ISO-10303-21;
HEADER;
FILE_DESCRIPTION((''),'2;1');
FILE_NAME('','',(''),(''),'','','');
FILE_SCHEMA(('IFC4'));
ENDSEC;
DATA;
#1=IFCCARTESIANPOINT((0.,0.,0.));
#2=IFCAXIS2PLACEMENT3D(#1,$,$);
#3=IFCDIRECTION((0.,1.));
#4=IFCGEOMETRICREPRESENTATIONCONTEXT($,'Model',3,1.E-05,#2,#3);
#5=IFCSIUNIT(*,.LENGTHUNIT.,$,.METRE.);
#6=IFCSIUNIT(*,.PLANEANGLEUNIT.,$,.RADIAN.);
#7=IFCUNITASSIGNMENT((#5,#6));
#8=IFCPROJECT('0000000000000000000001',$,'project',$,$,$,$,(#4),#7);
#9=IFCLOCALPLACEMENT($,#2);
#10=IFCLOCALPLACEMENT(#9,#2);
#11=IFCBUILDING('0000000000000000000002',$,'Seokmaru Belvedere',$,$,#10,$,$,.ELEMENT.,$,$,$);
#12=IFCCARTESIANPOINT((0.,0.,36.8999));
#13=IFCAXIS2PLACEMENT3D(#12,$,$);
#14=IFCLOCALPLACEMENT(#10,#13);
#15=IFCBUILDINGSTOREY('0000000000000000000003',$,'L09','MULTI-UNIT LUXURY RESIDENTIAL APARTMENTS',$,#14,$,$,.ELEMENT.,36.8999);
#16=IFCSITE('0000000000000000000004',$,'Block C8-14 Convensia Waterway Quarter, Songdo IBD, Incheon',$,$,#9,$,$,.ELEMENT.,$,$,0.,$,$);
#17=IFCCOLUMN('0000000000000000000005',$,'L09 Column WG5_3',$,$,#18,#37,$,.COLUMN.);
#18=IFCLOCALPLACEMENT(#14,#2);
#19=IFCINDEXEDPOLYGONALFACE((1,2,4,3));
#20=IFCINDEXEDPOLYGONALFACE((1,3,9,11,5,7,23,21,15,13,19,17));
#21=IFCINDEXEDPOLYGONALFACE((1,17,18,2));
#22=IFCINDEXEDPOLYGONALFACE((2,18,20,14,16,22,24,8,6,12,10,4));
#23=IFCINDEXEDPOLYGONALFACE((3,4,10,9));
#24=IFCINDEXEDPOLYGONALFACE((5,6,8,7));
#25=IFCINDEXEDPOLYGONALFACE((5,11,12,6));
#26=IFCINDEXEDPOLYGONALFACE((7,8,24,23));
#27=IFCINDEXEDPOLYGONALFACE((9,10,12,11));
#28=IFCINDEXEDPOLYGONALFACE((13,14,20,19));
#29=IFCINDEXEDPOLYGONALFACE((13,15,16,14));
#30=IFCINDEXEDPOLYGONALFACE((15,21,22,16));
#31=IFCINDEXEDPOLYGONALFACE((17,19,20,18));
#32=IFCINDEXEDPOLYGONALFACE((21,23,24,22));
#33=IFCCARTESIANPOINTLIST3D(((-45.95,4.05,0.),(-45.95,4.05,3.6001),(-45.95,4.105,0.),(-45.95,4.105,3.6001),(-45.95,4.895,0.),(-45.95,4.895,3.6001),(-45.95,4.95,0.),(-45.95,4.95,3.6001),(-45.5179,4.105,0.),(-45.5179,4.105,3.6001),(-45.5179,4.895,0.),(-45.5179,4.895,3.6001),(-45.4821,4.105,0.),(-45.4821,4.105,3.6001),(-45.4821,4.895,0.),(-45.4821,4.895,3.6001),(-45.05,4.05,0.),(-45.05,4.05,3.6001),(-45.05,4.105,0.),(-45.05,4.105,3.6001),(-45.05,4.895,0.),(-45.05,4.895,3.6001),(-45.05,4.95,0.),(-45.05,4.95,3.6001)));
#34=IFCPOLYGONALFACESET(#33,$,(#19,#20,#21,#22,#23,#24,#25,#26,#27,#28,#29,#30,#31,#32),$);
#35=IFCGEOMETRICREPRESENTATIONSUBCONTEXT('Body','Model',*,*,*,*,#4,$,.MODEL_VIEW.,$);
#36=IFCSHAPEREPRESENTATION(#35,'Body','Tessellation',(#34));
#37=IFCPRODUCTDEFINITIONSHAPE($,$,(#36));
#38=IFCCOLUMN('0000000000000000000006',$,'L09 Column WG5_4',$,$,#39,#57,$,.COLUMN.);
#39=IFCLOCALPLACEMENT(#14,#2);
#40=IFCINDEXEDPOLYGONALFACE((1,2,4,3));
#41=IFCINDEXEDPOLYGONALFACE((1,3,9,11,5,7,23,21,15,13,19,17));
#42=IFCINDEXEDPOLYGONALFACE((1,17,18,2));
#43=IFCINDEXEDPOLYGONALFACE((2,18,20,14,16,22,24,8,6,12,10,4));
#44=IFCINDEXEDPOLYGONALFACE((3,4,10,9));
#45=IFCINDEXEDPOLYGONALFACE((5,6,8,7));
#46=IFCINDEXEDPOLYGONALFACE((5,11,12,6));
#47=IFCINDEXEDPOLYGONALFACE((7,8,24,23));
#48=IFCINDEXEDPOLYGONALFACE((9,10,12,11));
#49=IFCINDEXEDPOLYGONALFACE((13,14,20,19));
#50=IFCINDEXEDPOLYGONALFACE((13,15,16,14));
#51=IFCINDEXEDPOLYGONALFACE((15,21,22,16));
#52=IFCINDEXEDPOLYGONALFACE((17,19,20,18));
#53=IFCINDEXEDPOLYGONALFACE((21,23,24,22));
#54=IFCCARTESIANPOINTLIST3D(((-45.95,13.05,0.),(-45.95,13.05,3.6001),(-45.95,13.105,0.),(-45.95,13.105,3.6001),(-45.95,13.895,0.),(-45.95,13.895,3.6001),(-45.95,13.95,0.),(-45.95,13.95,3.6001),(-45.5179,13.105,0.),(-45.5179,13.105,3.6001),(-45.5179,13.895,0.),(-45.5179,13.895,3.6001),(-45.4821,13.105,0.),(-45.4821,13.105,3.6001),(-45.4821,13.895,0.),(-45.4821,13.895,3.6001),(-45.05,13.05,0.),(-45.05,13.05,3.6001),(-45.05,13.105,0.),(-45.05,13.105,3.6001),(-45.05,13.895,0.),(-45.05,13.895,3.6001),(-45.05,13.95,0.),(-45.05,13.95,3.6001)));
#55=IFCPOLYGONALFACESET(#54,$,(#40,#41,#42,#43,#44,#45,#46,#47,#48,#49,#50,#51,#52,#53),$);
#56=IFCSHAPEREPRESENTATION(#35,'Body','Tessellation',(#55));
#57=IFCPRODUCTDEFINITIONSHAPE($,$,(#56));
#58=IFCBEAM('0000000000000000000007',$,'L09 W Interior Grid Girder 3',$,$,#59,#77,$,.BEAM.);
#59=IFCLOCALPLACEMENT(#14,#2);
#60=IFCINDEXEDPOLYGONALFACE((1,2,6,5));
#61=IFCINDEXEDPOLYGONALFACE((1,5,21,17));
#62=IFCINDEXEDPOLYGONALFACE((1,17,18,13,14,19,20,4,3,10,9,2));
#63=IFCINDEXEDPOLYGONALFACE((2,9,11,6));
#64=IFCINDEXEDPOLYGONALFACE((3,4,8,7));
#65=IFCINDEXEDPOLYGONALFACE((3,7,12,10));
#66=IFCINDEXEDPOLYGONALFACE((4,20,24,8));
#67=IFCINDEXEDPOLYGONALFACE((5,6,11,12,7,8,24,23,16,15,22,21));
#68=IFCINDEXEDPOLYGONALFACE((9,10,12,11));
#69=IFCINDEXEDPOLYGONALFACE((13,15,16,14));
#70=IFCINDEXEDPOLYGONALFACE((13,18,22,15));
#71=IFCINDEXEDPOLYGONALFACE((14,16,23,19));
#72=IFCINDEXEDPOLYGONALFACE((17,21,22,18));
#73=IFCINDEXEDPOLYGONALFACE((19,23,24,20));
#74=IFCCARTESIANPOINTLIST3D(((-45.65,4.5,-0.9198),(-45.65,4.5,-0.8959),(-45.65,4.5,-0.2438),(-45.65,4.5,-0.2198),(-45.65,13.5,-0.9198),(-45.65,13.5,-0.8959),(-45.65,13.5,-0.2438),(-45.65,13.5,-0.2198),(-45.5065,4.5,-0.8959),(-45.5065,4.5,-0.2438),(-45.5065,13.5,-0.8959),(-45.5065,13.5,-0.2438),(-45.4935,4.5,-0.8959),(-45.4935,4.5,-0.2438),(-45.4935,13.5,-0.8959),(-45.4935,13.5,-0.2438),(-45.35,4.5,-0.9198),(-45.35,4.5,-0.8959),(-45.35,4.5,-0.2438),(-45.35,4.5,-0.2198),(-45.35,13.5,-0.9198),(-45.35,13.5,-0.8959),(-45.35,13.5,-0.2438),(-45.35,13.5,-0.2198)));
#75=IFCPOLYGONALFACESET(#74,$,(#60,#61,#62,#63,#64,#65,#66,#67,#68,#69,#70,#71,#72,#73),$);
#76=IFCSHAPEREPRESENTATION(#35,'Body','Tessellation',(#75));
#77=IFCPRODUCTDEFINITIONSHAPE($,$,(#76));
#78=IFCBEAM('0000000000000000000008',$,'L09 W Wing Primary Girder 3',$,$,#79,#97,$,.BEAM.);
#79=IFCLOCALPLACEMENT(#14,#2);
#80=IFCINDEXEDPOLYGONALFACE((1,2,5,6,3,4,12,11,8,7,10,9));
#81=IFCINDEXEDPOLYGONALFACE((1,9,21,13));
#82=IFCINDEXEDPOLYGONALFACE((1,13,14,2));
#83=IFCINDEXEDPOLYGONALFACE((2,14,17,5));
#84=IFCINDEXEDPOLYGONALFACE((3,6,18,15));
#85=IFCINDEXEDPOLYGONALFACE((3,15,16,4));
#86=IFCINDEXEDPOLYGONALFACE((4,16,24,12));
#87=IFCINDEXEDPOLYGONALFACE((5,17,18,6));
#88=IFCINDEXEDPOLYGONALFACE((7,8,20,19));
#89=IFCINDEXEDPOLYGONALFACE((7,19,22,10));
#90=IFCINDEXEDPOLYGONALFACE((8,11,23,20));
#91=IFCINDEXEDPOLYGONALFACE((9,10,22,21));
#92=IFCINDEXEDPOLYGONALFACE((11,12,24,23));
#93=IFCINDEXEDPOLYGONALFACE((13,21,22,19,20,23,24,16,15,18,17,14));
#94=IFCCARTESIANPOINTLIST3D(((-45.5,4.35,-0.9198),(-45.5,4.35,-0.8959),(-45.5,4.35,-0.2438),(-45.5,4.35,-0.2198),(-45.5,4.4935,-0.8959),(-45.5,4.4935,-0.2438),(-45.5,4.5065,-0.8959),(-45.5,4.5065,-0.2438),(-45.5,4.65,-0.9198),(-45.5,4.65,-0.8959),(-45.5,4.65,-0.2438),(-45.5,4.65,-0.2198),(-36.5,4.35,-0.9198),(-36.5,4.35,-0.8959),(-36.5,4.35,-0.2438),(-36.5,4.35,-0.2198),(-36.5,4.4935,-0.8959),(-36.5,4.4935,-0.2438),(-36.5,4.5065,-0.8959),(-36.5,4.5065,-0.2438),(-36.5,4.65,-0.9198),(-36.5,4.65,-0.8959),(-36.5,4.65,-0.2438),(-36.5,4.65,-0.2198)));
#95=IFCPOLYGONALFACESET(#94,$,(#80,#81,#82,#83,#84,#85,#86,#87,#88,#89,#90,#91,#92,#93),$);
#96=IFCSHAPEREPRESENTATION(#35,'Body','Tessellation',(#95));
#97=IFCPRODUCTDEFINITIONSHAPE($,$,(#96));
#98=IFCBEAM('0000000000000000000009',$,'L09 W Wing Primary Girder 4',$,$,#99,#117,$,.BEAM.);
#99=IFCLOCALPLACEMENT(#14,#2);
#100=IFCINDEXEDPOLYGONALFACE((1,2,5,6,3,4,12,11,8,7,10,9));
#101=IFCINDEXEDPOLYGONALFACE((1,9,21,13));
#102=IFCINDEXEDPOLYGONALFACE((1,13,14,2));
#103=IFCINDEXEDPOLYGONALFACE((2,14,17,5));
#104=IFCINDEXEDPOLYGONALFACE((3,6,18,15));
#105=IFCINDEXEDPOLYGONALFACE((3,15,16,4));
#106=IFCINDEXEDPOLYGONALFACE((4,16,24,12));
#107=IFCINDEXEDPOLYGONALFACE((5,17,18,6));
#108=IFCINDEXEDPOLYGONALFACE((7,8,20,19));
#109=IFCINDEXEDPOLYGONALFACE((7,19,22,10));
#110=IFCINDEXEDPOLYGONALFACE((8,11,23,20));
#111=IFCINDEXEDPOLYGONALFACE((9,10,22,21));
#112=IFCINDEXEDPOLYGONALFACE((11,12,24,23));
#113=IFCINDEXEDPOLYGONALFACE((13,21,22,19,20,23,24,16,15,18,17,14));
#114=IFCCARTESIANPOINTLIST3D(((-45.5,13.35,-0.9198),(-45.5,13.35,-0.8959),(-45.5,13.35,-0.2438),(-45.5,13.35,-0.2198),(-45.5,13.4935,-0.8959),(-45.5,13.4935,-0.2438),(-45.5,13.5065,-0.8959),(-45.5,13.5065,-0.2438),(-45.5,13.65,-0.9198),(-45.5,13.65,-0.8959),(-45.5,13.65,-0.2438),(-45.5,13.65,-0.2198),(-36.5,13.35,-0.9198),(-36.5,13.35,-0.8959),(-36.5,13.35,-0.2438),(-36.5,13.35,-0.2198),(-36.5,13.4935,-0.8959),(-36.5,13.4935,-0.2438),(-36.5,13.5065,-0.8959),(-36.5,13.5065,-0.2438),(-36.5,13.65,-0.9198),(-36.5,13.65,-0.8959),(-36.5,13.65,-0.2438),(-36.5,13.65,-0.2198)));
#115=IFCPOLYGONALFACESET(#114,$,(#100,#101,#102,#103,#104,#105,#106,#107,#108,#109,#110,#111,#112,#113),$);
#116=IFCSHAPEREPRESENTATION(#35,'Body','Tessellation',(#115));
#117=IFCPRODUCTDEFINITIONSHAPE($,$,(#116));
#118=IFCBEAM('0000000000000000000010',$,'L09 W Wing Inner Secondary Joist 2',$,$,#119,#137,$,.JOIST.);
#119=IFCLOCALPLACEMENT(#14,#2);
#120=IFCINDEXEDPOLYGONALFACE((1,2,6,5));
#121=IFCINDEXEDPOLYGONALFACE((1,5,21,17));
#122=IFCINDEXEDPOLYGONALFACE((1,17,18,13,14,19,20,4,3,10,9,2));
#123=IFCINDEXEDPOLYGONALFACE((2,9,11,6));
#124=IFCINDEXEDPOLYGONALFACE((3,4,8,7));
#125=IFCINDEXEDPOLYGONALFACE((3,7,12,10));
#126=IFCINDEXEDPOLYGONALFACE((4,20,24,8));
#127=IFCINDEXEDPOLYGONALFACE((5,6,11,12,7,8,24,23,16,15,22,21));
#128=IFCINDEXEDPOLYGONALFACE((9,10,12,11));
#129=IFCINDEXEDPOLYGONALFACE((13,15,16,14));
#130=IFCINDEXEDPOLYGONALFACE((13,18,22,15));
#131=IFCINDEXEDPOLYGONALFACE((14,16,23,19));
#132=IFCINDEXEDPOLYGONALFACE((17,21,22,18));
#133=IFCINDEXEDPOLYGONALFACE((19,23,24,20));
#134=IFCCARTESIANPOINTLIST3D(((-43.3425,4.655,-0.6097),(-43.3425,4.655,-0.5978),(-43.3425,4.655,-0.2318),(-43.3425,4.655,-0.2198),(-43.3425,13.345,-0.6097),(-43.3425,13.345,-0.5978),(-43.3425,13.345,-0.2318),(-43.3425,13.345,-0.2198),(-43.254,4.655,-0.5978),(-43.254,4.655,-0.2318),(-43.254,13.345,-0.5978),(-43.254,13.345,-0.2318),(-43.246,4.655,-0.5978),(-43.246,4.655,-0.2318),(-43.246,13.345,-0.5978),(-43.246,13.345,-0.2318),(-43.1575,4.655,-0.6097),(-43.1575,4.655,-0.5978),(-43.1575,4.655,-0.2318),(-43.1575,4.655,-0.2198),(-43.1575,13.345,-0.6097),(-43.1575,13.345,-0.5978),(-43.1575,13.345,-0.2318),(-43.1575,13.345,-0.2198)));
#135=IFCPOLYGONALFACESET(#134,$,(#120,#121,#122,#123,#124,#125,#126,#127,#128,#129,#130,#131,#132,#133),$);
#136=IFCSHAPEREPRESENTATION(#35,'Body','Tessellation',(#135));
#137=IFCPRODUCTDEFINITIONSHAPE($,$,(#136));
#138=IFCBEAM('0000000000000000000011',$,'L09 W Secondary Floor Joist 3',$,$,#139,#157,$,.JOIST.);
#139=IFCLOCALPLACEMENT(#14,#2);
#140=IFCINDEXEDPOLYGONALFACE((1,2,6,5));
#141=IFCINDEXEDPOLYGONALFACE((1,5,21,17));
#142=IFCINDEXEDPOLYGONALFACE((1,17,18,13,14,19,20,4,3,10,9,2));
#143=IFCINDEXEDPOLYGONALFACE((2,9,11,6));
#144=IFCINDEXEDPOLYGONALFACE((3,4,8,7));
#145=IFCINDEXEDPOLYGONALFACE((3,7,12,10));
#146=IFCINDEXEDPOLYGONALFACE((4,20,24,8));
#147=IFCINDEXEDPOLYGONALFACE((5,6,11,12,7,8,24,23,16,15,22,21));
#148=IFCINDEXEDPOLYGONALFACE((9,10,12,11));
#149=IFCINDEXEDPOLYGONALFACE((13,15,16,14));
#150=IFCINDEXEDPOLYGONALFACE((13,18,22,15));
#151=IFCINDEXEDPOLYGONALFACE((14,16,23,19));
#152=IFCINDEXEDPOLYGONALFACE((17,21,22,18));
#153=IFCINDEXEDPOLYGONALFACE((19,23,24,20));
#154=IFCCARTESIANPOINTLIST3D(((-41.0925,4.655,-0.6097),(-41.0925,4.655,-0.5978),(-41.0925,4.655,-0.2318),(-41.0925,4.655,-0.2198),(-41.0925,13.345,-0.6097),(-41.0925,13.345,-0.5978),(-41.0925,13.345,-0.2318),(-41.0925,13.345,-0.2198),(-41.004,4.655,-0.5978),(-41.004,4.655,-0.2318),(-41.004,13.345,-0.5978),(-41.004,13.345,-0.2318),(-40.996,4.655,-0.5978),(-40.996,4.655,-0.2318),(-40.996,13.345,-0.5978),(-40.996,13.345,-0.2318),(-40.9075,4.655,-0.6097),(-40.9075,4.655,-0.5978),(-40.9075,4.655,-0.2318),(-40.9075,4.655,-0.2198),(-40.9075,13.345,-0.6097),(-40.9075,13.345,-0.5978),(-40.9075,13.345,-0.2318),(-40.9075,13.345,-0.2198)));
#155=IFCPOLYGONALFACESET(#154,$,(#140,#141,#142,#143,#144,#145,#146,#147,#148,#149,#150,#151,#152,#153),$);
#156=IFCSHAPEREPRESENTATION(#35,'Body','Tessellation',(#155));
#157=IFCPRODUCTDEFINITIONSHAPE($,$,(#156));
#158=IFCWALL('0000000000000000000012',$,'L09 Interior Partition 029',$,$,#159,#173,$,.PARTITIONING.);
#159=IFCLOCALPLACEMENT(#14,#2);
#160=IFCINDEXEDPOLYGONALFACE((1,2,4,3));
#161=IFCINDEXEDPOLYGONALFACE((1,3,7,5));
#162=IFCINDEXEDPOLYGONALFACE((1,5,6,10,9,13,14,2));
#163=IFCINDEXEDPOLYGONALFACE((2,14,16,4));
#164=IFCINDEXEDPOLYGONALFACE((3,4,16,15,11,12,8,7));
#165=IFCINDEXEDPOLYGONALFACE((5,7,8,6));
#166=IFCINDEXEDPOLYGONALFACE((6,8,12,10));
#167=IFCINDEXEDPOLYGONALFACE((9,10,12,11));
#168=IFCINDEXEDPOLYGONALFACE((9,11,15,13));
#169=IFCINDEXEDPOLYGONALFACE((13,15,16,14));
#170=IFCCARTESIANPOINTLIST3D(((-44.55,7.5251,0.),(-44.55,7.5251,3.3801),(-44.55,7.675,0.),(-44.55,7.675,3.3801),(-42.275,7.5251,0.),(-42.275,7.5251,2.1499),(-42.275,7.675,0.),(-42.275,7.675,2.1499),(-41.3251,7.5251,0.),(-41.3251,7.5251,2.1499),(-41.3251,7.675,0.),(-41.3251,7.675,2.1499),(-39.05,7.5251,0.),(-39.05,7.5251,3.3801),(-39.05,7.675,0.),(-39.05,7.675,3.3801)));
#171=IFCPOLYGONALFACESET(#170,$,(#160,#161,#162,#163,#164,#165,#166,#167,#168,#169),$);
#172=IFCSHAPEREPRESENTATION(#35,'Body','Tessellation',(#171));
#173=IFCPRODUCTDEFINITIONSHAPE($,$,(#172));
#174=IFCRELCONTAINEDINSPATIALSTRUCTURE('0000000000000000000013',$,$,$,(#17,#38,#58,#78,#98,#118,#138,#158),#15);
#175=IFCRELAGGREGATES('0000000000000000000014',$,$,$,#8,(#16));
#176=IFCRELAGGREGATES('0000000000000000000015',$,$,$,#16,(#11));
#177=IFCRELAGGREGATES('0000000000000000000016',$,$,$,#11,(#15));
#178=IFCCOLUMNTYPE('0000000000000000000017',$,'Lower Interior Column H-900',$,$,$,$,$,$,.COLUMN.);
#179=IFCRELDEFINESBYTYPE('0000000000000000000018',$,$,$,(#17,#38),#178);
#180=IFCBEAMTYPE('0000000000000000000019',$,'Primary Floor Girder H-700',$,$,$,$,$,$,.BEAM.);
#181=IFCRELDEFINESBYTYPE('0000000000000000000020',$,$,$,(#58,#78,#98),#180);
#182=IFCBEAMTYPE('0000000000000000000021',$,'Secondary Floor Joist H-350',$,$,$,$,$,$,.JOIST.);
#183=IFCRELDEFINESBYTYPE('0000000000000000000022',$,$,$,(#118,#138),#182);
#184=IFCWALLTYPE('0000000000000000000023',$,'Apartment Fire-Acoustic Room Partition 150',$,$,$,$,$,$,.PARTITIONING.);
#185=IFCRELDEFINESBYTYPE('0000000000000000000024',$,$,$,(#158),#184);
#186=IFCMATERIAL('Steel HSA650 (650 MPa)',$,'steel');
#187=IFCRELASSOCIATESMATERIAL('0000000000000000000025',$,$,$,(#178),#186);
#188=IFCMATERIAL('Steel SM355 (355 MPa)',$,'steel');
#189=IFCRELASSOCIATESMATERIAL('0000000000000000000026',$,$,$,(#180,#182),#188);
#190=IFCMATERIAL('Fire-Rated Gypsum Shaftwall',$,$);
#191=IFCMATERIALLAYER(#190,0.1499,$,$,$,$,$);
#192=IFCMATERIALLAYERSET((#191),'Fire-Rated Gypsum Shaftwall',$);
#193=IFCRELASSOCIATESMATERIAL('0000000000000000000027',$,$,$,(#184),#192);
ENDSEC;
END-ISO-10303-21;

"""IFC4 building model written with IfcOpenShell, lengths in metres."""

from ifc_helpers import new_model, si_unit, direction, frame, frame_2d, origin, origin_2d, place, context, subcontext, project, spatial, rectangle, i_section, extrude, source, transform, mapped, material, layer, layer_set, material_profile, profile_set, type_object, type_shapes, element, save


model = new_model("IFC4")

# Units and contexts
model_context = context("Model", 3, precision=1e-05, world=origin(), true_north=direction((0.0, 1.0)))
body_context = subcontext(model_context, "Body", "Model", "MODEL_VIEW")
ifc_project = project(units=[si_unit("LENGTHUNIT", "METRE"), si_unit("PLANEANGLEUNIT", "RADIAN")], contexts=[model_context])

# Site, building, storey
site_placement = place(None, origin())
site = spatial("IfcSite", under=ifc_project, at=site_placement, Name="Block C8-14 Convensia Waterway Quarter, Songdo IBD, Incheon", CompositionType="ELEMENT", RefElevation=0.0)
building_placement = place(site_placement, origin())
building = spatial("IfcBuilding", under=site, at=building_placement, Name="Seokmaru Belvedere", CompositionType="ELEMENT")
storey_placement = place(building_placement, frame((0.0, 0.0, 36.8999)))
storey = spatial("IfcBuildingStorey", under=building, at=storey_placement, Name="L09", Description="MULTI-UNIT LUXURY RESIDENTIAL APARTMENTS", CompositionType="ELEMENT", Elevation=36.8999)

# Columns
ifc_material_1 = material(Name="Steel HSA650 (650 MPa)", Category="steel")
ifc_material_profile_1 = material_profile(ifc_material_1, i_section(OverallWidth=0.8999, OverallDepth=0.8999, WebThickness=0.0359, FlangeThickness=0.0549, at=origin_2d()), Name="H-900x900x36x55")
ifc_profile_set_1 = profile_set([ifc_material_profile_1], Name="Steel HSA650 (650 MPa)")
column_type = type_object("IfcColumnType", Name="Lower Interior Column H-900", PredefinedType="COLUMN", material=ifc_profile_set_1)
shared_shape_1 = source(origin(), body_context, "Body", "SweptSolid", [
    extrude(i_section(OverallWidth=0.8999, OverallDepth=0.8999, WebThickness=0.0359, FlangeThickness=0.0549, at=origin_2d()), origin(), (0.0, 0.0, 1.0), 3.6001),
])
type_shapes(column_type, [shared_shape_1])
for number, where, z_axis, x_axis, name in (
    (1, (-45.5, 4.5, 0.0), (0.0, 0.0, 1.0), (1.0, 0.0, 0.0), "L09 Column WG5_3"),
    (2, (-45.5, 13.5, 0.0), (0.0, 0.0, 1.0), (1.0, 0.0, 0.0), "L09 Column WG5_4"),
):
    element("IfcColumn", number, at=place(storey_placement, frame(where, z_axis=z_axis, x_axis=x_axis)), inside=storey, type_object=column_type, Name=name, PredefinedType="COLUMN", context=body_context, shape_type="MappedRepresentation", body=[
        mapped(shared_shape_1, transform((0.0, 0.0, 0.0), scale=1.0)),
    ])

# Beams
ifc_material_2 = material(Name="Steel SM355 (355 MPa)", Category="steel")
ifc_material_profile_2 = material_profile(ifc_material_2, i_section(OverallWidth=0.3, OverallDepth=0.7, WebThickness=0.0129, FlangeThickness=0.0239, at=origin_2d()), Name="H-700x300x13x24")
ifc_profile_set_2 = profile_set([ifc_material_profile_2], Name="Steel SM355 (355 MPa)")
beam_type_1 = type_object("IfcBeamType", Name="Primary Floor Girder H-700", PredefinedType="BEAM", material=ifc_profile_set_2)
shared_shape_2 = source(origin(), body_context, "Body", "SweptSolid", [
    extrude(i_section(OverallWidth=0.3, OverallDepth=0.7, WebThickness=0.0129, FlangeThickness=0.0239, at=origin_2d()), origin(), (0.0, 0.0, 1.0), 9.0),
])
type_shapes(beam_type_1, [shared_shape_2])
for number, where, z_axis, x_axis, name in (
    (3, (-45.5, 4.5, -0.5698), (0.0, 1.0, 0.0), (-1.0, 0.0, 0.0), "L09 W Interior Grid Girder 3"),
    (4, (-45.5, 4.5, -0.5698), (1.0, 0.0, 0.0), (0.0, 1.0, 0.0), "L09 W Wing Primary Girder 3"),
    (5, (-45.5, 13.5, -0.5698), (1.0, 0.0, 0.0), (0.0, 1.0, 0.0), "L09 W Wing Primary Girder 4"),
):
    element("IfcBeam", number, at=place(storey_placement, frame(where, z_axis=z_axis, x_axis=x_axis)), inside=storey, type_object=beam_type_1, Name=name, PredefinedType="BEAM", context=body_context, shape_type="MappedRepresentation", body=[
        mapped(shared_shape_2, transform((0.0, 0.0, 0.0), scale=1.0)),
    ])
ifc_material_profile_3 = material_profile(ifc_material_2, i_section(OverallWidth=0.1851, OverallDepth=0.3899, WebThickness=0.0081, FlangeThickness=0.012, at=origin_2d()), Name="H-390x185x8x12")
ifc_profile_set_3 = profile_set([ifc_material_profile_3], Name="Steel SM355 (355 MPa)")
beam_type_2 = type_object("IfcBeamType", Name="Secondary Floor Joist H-350", PredefinedType="JOIST", material=ifc_profile_set_3)
shared_shape_3 = source(origin(), body_context, "Body", "SweptSolid", [
    extrude(i_section(OverallWidth=0.1851, OverallDepth=0.3899, WebThickness=0.0081, FlangeThickness=0.012, at=origin_2d()), origin(), (0.0, 0.0, 1.0), 8.6899),
])
type_shapes(beam_type_2, [shared_shape_3])
for number, where, z_axis, x_axis, name in (
    (6, (-43.25, 4.655, -0.4148), (0.0, 1.0, 0.0), (-1.0, 0.0, 0.0), "L09 W Wing Inner Secondary Joist 2"),
    (7, (-41.0, 4.655, -0.4148), (0.0, 1.0, 0.0), (-1.0, 0.0, 0.0), "L09 W Secondary Floor Joist 3"),
):
    element("IfcBeam", number, at=place(storey_placement, frame(where, z_axis=z_axis, x_axis=x_axis)), inside=storey, type_object=beam_type_2, Name=name, PredefinedType="JOIST", context=body_context, shape_type="MappedRepresentation", body=[
        mapped(shared_shape_3, transform((0.0, 0.0, 0.0), scale=1.0)),
    ])

# Wall, opening
ifc_material_3 = material(Name="Fire-Rated Gypsum Shaftwall")
ifc_layer_1 = layer(ifc_material_3, 0.1499)
ifc_layer_set_1 = layer_set([ifc_layer_1], Name="Fire-Rated Gypsum Shaftwall")
wall_type_1 = type_object("IfcWallType", Name="Apartment Fire-Acoustic Room Partition 150", PredefinedType="PARTITIONING", material=ifc_layer_set_1)
wall_1_placement = place(storey_placement, frame((-44.55, 7.6001, 0.0), z_axis=(0.0, 0.0, 1.0), x_axis=(1.0, 0.0, 0.0)))
wall_1 = element("IfcWall", 8, at=wall_1_placement, inside=storey, type_object=wall_type_1, Name="L09 Interior Partition 029", PredefinedType="PARTITIONING", context=body_context, shape_type="SweptSolid", body=[
    extrude(rectangle(XDim=5.5, YDim=0.1499, at=frame_2d((2.75, 0.0))), origin(), (0.0, 0.0, 1.0), 3.3801),
])
opening_1_placement = place(wall_1_placement, frame((2.2749, 0.0, 0.0)))
element("IfcOpeningElement", 9, at=opening_1_placement, cuts=wall_1, PredefinedType="OPENING", context=body_context, shape_type="SweptSolid", body=[
    extrude(rectangle(XDim=0.95, YDim=2.1499, at=frame_2d((0.4751, 1.075))), frame((0.0, 0.085, 0.0), z_axis=(0.0, -1.0, 0.0), x_axis=(1.0, 0.0, 0.0)), (0.0, 0.0, 1.0), 0.1699),
])

save(model, "model.ifc")
